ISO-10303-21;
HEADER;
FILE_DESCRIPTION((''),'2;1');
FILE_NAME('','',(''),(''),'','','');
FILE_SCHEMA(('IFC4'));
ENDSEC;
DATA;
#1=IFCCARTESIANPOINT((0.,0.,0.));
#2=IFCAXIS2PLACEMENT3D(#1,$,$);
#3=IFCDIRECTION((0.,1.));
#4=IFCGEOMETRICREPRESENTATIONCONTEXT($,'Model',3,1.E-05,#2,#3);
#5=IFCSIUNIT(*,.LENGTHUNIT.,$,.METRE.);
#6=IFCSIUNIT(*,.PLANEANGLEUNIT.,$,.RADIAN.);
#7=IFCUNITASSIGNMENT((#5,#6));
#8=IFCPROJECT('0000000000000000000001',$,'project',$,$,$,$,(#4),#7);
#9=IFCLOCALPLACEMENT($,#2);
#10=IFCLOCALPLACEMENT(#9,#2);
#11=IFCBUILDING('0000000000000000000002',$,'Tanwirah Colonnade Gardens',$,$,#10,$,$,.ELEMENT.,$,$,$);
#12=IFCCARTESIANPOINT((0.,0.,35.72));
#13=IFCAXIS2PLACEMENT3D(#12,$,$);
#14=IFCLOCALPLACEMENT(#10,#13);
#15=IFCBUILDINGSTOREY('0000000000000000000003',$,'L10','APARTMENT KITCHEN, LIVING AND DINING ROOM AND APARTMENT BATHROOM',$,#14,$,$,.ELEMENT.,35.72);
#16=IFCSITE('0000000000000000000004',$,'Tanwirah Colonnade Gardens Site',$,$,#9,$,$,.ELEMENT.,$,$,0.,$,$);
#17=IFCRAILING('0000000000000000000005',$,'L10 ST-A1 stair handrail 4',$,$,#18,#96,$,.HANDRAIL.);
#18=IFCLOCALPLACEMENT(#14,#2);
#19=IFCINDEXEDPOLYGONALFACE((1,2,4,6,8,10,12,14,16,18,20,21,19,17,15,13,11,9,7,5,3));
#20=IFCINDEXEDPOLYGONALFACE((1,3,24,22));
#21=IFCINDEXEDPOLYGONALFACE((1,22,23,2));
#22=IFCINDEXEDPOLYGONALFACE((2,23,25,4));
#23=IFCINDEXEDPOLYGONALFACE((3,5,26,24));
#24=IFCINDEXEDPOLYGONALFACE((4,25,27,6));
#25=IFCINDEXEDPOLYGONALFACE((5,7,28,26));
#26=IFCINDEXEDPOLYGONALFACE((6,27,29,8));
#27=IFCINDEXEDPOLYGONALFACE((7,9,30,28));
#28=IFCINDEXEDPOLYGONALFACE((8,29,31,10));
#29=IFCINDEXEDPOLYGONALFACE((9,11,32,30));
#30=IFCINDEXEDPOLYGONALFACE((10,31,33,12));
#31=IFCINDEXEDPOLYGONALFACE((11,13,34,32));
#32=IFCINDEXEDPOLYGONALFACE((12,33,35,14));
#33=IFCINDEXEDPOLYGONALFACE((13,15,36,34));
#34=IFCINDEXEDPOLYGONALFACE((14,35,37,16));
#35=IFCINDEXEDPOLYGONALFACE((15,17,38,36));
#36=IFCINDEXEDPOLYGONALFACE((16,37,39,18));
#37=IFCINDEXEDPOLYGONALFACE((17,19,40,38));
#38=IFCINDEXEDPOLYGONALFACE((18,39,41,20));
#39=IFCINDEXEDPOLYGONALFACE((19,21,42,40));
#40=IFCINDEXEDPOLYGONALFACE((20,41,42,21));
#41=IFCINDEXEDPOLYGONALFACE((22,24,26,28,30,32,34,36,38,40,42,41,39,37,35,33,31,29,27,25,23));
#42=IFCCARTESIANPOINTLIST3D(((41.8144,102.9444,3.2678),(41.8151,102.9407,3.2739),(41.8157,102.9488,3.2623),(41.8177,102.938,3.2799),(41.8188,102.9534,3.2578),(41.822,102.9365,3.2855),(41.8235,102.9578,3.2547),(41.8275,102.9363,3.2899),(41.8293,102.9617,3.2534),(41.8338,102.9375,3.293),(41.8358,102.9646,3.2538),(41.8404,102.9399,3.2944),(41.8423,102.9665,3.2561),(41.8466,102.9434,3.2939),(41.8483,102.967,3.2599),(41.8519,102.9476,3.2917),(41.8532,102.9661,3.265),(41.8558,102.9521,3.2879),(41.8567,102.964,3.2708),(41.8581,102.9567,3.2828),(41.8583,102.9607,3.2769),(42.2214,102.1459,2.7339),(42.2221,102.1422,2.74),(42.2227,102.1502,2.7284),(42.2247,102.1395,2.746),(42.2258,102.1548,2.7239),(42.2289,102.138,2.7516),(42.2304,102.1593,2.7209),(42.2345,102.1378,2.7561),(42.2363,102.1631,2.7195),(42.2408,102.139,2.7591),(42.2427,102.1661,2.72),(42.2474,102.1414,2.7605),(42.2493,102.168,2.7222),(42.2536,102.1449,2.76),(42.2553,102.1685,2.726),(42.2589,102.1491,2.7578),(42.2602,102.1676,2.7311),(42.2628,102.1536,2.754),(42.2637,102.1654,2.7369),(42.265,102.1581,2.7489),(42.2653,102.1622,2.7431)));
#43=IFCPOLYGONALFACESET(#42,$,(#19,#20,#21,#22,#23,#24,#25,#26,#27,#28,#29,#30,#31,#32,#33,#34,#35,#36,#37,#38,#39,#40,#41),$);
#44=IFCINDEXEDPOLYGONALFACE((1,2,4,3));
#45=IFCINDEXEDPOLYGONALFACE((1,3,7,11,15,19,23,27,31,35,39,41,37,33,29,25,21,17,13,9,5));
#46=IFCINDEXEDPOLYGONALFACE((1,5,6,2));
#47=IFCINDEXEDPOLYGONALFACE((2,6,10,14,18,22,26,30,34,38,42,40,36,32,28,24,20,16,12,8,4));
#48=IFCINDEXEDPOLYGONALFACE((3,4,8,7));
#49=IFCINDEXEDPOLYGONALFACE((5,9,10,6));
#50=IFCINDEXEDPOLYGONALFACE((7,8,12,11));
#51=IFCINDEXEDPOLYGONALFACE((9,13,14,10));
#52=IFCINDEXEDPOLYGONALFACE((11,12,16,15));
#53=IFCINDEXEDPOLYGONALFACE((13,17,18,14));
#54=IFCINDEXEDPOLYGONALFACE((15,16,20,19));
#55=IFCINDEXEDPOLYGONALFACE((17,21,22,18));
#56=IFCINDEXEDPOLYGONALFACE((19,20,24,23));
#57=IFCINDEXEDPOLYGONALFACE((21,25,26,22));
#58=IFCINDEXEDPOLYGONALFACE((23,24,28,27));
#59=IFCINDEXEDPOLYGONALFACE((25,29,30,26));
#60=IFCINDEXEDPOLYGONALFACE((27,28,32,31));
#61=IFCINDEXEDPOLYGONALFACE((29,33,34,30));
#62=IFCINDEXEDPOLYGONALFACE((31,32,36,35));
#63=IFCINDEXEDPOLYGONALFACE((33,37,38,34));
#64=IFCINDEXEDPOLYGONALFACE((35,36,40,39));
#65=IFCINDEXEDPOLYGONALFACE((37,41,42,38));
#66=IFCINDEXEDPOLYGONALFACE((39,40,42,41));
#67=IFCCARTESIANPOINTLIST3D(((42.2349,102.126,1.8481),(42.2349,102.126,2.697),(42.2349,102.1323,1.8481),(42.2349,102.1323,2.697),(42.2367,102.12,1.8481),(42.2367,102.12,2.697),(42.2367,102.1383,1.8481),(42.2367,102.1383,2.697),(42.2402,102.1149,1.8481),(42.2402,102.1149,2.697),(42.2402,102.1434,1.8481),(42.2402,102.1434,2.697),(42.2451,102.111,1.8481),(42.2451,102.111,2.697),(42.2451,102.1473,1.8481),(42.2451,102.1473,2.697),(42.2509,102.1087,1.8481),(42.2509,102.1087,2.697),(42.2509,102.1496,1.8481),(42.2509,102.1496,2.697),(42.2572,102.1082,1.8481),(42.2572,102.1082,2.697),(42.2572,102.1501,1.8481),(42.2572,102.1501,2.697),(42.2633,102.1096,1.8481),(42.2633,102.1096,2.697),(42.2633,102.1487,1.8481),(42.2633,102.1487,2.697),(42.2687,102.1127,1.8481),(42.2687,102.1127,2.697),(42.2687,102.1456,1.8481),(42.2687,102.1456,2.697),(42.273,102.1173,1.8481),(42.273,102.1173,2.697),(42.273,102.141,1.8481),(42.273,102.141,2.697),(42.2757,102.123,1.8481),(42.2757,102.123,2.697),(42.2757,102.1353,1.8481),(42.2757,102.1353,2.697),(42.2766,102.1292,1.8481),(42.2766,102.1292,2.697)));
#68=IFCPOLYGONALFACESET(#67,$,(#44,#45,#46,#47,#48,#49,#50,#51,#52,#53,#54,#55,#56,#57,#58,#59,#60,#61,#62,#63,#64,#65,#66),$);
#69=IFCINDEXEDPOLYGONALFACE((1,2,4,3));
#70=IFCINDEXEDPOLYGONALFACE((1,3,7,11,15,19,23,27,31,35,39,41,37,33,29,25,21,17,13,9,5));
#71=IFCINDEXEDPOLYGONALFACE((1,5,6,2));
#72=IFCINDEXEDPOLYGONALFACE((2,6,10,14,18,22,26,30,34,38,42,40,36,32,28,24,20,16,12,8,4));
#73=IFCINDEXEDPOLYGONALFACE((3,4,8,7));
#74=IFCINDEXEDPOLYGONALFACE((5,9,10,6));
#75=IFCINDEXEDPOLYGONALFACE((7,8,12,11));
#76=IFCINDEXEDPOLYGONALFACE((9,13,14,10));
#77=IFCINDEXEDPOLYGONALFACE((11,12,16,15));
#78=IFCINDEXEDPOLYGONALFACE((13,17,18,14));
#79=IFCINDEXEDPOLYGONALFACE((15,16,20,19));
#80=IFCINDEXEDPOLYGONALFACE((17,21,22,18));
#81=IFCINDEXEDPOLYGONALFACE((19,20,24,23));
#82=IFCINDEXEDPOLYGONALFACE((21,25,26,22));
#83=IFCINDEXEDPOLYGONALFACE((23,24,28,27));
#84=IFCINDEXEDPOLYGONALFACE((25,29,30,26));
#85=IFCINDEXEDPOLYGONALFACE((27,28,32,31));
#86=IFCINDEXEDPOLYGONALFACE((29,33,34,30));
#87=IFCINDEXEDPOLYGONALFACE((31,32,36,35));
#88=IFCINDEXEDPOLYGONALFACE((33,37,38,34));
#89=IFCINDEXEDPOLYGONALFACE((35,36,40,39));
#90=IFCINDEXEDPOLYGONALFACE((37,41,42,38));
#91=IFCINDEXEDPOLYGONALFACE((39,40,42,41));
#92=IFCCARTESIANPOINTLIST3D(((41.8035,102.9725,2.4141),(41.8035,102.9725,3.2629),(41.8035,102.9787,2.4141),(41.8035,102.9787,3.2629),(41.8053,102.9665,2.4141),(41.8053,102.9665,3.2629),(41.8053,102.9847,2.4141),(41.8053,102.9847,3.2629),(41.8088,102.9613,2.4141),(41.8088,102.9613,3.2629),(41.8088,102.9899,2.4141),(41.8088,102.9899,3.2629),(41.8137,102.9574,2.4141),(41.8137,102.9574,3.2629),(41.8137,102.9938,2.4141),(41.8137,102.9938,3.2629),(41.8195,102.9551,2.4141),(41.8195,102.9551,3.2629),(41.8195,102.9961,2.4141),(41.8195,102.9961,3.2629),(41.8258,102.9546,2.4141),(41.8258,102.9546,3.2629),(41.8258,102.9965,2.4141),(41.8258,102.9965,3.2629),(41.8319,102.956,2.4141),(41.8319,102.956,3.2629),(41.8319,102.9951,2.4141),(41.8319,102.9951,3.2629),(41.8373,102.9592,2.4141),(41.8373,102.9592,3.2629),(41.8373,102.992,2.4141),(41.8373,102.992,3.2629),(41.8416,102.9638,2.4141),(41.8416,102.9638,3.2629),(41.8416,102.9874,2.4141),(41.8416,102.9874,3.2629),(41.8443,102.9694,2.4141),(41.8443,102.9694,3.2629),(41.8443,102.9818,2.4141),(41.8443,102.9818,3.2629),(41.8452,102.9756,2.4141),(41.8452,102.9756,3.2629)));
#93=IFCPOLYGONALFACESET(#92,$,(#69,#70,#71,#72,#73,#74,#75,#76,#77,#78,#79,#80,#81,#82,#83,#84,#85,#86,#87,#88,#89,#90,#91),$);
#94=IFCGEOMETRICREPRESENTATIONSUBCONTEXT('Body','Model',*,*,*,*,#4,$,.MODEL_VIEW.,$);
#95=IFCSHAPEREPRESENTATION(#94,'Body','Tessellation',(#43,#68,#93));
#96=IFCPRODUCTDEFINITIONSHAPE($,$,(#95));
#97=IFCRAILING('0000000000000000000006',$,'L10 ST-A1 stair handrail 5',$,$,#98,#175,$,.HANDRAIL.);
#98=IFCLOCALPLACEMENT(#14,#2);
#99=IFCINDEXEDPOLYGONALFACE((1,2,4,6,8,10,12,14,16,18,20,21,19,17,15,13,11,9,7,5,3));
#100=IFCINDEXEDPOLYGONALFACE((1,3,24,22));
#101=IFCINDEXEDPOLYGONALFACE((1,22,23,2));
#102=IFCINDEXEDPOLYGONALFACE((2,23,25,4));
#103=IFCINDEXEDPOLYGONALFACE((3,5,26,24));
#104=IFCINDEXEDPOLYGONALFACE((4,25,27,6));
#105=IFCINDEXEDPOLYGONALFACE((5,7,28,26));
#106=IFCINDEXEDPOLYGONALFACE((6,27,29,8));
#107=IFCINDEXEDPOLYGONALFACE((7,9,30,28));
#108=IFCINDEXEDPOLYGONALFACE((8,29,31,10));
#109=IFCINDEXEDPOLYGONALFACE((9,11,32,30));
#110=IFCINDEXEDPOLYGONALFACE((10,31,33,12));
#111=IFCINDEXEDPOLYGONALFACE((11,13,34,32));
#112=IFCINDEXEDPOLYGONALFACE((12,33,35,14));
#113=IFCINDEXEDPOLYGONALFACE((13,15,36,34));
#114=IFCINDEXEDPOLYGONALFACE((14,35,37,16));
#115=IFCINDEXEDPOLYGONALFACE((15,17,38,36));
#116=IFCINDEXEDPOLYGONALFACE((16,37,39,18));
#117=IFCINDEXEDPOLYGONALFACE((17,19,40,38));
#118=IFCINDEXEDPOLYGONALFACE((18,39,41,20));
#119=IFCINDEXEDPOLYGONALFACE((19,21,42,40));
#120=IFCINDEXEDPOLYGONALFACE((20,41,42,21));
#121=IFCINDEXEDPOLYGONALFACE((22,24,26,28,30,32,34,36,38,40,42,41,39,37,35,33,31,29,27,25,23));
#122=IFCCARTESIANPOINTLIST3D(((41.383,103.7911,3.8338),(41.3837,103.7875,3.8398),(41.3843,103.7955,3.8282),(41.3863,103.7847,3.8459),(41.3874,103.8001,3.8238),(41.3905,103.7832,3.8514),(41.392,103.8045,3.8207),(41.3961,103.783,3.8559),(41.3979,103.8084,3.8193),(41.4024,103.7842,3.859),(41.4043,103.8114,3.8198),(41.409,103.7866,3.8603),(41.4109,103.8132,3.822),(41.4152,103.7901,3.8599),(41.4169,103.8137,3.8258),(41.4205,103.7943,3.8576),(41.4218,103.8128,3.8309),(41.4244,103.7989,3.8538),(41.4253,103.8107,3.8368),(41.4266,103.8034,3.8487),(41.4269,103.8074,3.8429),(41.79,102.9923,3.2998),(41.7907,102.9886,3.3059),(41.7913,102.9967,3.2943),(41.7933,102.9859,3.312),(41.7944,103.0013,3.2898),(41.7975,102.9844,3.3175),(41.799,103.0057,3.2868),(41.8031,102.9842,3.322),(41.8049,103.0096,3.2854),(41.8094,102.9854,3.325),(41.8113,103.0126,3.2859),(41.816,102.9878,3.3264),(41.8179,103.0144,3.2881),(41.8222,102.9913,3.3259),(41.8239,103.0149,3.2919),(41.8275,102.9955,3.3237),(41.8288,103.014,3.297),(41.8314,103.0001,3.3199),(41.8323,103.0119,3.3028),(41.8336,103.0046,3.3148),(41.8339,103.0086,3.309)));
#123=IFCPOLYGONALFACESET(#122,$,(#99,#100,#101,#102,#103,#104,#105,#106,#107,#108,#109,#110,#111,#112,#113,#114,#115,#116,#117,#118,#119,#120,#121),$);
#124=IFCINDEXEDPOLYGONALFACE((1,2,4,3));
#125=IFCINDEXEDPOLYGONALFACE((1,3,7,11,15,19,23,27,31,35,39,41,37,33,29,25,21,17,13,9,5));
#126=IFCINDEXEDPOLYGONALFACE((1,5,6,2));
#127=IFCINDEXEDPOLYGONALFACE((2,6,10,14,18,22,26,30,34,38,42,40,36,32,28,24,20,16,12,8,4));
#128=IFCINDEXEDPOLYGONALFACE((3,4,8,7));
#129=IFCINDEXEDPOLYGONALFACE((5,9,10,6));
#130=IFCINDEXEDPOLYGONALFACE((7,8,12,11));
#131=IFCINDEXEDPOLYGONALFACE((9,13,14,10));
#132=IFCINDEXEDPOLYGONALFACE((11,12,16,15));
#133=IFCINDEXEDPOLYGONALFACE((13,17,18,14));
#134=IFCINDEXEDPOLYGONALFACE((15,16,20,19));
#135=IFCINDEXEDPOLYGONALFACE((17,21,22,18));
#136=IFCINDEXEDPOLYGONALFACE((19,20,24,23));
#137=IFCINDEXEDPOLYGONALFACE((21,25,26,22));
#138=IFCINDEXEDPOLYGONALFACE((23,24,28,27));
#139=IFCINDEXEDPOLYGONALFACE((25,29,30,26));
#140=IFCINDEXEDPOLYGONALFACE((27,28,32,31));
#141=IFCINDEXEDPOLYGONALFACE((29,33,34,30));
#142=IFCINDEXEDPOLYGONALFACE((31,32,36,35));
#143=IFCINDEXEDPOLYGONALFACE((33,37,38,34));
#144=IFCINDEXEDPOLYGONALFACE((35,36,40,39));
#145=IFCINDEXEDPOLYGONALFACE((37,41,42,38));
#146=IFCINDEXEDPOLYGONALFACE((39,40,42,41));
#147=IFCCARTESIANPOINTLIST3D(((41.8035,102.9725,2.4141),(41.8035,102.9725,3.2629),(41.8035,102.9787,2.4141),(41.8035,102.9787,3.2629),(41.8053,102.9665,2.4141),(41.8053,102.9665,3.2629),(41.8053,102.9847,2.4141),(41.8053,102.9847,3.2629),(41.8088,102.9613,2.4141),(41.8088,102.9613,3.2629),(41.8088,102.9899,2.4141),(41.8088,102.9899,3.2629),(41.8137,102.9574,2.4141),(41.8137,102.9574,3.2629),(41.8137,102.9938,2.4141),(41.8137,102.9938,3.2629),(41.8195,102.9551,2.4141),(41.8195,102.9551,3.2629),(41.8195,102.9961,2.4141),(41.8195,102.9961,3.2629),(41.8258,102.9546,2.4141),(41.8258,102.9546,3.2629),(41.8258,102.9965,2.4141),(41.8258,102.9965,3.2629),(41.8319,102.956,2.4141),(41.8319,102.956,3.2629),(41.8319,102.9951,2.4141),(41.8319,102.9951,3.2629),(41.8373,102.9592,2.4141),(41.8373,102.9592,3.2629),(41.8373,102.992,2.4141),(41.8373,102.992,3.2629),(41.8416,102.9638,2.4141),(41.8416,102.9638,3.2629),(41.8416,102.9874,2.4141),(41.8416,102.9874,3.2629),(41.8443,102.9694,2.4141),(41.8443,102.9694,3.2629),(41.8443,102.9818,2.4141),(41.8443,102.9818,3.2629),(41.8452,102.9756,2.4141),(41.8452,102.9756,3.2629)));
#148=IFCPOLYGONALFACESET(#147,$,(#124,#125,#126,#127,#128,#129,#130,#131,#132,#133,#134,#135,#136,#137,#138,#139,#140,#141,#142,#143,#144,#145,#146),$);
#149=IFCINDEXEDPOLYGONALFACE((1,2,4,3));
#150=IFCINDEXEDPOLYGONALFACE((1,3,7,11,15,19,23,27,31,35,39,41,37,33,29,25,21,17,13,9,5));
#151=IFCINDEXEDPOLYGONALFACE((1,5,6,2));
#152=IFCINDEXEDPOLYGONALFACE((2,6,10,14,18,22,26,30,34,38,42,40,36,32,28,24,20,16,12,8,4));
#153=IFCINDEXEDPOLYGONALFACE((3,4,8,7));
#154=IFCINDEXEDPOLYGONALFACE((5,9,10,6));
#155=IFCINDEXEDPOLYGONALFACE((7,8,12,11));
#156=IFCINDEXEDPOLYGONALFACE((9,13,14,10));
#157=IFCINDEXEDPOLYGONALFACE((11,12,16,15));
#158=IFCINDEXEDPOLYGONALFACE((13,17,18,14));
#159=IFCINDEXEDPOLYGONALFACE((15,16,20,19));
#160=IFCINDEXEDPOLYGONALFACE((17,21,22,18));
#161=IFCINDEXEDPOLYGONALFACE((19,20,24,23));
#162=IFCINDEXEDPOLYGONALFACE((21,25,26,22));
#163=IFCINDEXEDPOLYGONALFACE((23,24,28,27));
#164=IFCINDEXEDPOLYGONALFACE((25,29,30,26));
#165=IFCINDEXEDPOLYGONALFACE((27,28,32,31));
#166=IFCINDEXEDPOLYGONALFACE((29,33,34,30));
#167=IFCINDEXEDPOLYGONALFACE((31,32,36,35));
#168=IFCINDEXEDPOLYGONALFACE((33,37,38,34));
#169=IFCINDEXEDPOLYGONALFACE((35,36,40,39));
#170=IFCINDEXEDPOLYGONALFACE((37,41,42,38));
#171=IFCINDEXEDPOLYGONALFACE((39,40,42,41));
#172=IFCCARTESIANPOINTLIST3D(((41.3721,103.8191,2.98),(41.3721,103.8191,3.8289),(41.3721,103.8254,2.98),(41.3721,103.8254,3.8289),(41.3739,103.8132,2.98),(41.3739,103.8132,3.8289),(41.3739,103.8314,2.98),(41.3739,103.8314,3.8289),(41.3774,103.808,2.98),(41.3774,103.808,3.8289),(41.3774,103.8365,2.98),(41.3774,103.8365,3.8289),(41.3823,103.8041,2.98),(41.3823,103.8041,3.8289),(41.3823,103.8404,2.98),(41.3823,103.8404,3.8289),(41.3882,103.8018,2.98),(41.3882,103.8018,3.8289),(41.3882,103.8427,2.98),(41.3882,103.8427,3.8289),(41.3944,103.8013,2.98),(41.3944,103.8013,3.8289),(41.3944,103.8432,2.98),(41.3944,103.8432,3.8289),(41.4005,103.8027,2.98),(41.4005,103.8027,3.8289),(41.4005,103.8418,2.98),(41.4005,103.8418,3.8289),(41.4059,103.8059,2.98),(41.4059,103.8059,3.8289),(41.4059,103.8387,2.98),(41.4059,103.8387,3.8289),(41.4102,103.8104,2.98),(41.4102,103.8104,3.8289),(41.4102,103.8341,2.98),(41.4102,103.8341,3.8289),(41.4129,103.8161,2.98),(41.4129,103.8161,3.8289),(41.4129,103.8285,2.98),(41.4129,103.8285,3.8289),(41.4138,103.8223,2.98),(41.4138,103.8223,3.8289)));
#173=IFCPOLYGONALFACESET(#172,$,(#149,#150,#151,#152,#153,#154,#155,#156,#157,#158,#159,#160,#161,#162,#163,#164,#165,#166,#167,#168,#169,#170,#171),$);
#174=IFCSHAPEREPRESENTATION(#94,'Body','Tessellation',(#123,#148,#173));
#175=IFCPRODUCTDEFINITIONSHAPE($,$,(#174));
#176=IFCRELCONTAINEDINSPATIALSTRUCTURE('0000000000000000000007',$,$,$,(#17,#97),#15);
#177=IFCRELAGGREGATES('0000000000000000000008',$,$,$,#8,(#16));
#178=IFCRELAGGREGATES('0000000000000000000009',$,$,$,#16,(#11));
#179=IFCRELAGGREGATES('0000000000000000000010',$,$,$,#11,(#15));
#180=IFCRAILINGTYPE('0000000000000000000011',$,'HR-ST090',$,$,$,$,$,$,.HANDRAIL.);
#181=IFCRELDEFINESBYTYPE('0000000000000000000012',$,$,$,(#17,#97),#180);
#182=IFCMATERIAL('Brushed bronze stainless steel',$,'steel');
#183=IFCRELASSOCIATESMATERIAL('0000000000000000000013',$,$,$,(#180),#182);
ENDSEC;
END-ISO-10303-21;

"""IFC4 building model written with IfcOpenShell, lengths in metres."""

from ifc_helpers import new_model, si_unit, direction, frame, origin, origin_2d, place, context, subcontext, project, spatial, circle, extrude, material, type_object, element, save


model = new_model("IFC4")

# Units and contexts
model_context = context("Model", 3, precision=1e-05, world=origin(), true_north=direction((0.0, 1.0)))
body_context = subcontext(model_context, "Body", "Model", "MODEL_VIEW")
ifc_project = project(units=[si_unit("LENGTHUNIT", "METRE"), si_unit("PLANEANGLEUNIT", "RADIAN")], contexts=[model_context])

# Site, building, storey
site_placement = place(None, origin())
site = spatial("IfcSite", under=ifc_project, at=site_placement, Name="Tanwirah Colonnade Gardens Site", CompositionType="ELEMENT", RefElevation=0.0)
building_placement = place(site_placement, origin())
building = spatial("IfcBuilding", under=site, at=building_placement, Name="Tanwirah Colonnade Gardens", CompositionType="ELEMENT")
storey_placement = place(building_placement, frame((0.0, 0.0, 35.72)))
storey = spatial("IfcBuildingStorey", under=building, at=storey_placement, Name="L10", Description="APARTMENT KITCHEN, LIVING AND DINING ROOM AND APARTMENT BATHROOM", CompositionType="ELEMENT", Elevation=35.72)

# Railings
ifc_material_1 = material(Name="Brushed bronze stainless steel", Category="steel")
railing_type_1 = type_object("IfcRailingType", Name="HR-ST090", PredefinedType="HANDRAIL", material=ifc_material_1)
railing_1_placement = place(storey_placement, frame((42.2556, 102.1292, 1.8481)))
element("IfcRailing", 1, at=railing_1_placement, inside=storey, type_object=railing_type_1, Name="L10 ST-A1 stair handrail 4", PredefinedType="HANDRAIL", context=body_context, shape_type="SweptSolid", body=[
    extrude(circle(Radius=0.0239, at=origin_2d()), frame((-0.0122, 0.0239, 0.8918), z_axis=(-0.390118, 0.765443, 0.511767), x_axis=(-0.890957, -0.454087, 0.0)), (0.0, 0.0, 1.0), 1.0432),
    extrude(circle(Radius=0.021, at=origin_2d()), origin(), (0.0, 0.0, 1.0), 0.8489),
    extrude(circle(Radius=0.021, at=origin_2d()), frame((-0.4314, 0.8464, 0.5659)), (0.0, 0.0, 1.0), 0.8489),
])
railing_2_placement = place(storey_placement, frame((41.8242, 102.9756, 2.4141)))
element("IfcRailing", 2, at=railing_2_placement, inside=storey, type_object=railing_type_1, Name="L10 ST-A1 stair handrail 5", PredefinedType="HANDRAIL", context=body_context, shape_type="SweptSolid", body=[
    extrude(circle(Radius=0.0239, at=origin_2d()), frame((-0.0122, 0.0239, 0.8918), z_axis=(-0.390052, 0.765534, 0.511681), x_axis=(-0.89101, -0.453984, 0.0)), (0.0, 0.0, 1.0), 1.0435),
    extrude(circle(Radius=0.021, at=origin_2d()), origin(), (0.0, 0.0, 1.0), 0.8489),
    extrude(circle(Radius=0.021, at=origin_2d()), frame((-0.4314, 0.8467, 0.5659)), (0.0, 0.0, 1.0), 0.8489),
])

save(model, "model.ifc")
